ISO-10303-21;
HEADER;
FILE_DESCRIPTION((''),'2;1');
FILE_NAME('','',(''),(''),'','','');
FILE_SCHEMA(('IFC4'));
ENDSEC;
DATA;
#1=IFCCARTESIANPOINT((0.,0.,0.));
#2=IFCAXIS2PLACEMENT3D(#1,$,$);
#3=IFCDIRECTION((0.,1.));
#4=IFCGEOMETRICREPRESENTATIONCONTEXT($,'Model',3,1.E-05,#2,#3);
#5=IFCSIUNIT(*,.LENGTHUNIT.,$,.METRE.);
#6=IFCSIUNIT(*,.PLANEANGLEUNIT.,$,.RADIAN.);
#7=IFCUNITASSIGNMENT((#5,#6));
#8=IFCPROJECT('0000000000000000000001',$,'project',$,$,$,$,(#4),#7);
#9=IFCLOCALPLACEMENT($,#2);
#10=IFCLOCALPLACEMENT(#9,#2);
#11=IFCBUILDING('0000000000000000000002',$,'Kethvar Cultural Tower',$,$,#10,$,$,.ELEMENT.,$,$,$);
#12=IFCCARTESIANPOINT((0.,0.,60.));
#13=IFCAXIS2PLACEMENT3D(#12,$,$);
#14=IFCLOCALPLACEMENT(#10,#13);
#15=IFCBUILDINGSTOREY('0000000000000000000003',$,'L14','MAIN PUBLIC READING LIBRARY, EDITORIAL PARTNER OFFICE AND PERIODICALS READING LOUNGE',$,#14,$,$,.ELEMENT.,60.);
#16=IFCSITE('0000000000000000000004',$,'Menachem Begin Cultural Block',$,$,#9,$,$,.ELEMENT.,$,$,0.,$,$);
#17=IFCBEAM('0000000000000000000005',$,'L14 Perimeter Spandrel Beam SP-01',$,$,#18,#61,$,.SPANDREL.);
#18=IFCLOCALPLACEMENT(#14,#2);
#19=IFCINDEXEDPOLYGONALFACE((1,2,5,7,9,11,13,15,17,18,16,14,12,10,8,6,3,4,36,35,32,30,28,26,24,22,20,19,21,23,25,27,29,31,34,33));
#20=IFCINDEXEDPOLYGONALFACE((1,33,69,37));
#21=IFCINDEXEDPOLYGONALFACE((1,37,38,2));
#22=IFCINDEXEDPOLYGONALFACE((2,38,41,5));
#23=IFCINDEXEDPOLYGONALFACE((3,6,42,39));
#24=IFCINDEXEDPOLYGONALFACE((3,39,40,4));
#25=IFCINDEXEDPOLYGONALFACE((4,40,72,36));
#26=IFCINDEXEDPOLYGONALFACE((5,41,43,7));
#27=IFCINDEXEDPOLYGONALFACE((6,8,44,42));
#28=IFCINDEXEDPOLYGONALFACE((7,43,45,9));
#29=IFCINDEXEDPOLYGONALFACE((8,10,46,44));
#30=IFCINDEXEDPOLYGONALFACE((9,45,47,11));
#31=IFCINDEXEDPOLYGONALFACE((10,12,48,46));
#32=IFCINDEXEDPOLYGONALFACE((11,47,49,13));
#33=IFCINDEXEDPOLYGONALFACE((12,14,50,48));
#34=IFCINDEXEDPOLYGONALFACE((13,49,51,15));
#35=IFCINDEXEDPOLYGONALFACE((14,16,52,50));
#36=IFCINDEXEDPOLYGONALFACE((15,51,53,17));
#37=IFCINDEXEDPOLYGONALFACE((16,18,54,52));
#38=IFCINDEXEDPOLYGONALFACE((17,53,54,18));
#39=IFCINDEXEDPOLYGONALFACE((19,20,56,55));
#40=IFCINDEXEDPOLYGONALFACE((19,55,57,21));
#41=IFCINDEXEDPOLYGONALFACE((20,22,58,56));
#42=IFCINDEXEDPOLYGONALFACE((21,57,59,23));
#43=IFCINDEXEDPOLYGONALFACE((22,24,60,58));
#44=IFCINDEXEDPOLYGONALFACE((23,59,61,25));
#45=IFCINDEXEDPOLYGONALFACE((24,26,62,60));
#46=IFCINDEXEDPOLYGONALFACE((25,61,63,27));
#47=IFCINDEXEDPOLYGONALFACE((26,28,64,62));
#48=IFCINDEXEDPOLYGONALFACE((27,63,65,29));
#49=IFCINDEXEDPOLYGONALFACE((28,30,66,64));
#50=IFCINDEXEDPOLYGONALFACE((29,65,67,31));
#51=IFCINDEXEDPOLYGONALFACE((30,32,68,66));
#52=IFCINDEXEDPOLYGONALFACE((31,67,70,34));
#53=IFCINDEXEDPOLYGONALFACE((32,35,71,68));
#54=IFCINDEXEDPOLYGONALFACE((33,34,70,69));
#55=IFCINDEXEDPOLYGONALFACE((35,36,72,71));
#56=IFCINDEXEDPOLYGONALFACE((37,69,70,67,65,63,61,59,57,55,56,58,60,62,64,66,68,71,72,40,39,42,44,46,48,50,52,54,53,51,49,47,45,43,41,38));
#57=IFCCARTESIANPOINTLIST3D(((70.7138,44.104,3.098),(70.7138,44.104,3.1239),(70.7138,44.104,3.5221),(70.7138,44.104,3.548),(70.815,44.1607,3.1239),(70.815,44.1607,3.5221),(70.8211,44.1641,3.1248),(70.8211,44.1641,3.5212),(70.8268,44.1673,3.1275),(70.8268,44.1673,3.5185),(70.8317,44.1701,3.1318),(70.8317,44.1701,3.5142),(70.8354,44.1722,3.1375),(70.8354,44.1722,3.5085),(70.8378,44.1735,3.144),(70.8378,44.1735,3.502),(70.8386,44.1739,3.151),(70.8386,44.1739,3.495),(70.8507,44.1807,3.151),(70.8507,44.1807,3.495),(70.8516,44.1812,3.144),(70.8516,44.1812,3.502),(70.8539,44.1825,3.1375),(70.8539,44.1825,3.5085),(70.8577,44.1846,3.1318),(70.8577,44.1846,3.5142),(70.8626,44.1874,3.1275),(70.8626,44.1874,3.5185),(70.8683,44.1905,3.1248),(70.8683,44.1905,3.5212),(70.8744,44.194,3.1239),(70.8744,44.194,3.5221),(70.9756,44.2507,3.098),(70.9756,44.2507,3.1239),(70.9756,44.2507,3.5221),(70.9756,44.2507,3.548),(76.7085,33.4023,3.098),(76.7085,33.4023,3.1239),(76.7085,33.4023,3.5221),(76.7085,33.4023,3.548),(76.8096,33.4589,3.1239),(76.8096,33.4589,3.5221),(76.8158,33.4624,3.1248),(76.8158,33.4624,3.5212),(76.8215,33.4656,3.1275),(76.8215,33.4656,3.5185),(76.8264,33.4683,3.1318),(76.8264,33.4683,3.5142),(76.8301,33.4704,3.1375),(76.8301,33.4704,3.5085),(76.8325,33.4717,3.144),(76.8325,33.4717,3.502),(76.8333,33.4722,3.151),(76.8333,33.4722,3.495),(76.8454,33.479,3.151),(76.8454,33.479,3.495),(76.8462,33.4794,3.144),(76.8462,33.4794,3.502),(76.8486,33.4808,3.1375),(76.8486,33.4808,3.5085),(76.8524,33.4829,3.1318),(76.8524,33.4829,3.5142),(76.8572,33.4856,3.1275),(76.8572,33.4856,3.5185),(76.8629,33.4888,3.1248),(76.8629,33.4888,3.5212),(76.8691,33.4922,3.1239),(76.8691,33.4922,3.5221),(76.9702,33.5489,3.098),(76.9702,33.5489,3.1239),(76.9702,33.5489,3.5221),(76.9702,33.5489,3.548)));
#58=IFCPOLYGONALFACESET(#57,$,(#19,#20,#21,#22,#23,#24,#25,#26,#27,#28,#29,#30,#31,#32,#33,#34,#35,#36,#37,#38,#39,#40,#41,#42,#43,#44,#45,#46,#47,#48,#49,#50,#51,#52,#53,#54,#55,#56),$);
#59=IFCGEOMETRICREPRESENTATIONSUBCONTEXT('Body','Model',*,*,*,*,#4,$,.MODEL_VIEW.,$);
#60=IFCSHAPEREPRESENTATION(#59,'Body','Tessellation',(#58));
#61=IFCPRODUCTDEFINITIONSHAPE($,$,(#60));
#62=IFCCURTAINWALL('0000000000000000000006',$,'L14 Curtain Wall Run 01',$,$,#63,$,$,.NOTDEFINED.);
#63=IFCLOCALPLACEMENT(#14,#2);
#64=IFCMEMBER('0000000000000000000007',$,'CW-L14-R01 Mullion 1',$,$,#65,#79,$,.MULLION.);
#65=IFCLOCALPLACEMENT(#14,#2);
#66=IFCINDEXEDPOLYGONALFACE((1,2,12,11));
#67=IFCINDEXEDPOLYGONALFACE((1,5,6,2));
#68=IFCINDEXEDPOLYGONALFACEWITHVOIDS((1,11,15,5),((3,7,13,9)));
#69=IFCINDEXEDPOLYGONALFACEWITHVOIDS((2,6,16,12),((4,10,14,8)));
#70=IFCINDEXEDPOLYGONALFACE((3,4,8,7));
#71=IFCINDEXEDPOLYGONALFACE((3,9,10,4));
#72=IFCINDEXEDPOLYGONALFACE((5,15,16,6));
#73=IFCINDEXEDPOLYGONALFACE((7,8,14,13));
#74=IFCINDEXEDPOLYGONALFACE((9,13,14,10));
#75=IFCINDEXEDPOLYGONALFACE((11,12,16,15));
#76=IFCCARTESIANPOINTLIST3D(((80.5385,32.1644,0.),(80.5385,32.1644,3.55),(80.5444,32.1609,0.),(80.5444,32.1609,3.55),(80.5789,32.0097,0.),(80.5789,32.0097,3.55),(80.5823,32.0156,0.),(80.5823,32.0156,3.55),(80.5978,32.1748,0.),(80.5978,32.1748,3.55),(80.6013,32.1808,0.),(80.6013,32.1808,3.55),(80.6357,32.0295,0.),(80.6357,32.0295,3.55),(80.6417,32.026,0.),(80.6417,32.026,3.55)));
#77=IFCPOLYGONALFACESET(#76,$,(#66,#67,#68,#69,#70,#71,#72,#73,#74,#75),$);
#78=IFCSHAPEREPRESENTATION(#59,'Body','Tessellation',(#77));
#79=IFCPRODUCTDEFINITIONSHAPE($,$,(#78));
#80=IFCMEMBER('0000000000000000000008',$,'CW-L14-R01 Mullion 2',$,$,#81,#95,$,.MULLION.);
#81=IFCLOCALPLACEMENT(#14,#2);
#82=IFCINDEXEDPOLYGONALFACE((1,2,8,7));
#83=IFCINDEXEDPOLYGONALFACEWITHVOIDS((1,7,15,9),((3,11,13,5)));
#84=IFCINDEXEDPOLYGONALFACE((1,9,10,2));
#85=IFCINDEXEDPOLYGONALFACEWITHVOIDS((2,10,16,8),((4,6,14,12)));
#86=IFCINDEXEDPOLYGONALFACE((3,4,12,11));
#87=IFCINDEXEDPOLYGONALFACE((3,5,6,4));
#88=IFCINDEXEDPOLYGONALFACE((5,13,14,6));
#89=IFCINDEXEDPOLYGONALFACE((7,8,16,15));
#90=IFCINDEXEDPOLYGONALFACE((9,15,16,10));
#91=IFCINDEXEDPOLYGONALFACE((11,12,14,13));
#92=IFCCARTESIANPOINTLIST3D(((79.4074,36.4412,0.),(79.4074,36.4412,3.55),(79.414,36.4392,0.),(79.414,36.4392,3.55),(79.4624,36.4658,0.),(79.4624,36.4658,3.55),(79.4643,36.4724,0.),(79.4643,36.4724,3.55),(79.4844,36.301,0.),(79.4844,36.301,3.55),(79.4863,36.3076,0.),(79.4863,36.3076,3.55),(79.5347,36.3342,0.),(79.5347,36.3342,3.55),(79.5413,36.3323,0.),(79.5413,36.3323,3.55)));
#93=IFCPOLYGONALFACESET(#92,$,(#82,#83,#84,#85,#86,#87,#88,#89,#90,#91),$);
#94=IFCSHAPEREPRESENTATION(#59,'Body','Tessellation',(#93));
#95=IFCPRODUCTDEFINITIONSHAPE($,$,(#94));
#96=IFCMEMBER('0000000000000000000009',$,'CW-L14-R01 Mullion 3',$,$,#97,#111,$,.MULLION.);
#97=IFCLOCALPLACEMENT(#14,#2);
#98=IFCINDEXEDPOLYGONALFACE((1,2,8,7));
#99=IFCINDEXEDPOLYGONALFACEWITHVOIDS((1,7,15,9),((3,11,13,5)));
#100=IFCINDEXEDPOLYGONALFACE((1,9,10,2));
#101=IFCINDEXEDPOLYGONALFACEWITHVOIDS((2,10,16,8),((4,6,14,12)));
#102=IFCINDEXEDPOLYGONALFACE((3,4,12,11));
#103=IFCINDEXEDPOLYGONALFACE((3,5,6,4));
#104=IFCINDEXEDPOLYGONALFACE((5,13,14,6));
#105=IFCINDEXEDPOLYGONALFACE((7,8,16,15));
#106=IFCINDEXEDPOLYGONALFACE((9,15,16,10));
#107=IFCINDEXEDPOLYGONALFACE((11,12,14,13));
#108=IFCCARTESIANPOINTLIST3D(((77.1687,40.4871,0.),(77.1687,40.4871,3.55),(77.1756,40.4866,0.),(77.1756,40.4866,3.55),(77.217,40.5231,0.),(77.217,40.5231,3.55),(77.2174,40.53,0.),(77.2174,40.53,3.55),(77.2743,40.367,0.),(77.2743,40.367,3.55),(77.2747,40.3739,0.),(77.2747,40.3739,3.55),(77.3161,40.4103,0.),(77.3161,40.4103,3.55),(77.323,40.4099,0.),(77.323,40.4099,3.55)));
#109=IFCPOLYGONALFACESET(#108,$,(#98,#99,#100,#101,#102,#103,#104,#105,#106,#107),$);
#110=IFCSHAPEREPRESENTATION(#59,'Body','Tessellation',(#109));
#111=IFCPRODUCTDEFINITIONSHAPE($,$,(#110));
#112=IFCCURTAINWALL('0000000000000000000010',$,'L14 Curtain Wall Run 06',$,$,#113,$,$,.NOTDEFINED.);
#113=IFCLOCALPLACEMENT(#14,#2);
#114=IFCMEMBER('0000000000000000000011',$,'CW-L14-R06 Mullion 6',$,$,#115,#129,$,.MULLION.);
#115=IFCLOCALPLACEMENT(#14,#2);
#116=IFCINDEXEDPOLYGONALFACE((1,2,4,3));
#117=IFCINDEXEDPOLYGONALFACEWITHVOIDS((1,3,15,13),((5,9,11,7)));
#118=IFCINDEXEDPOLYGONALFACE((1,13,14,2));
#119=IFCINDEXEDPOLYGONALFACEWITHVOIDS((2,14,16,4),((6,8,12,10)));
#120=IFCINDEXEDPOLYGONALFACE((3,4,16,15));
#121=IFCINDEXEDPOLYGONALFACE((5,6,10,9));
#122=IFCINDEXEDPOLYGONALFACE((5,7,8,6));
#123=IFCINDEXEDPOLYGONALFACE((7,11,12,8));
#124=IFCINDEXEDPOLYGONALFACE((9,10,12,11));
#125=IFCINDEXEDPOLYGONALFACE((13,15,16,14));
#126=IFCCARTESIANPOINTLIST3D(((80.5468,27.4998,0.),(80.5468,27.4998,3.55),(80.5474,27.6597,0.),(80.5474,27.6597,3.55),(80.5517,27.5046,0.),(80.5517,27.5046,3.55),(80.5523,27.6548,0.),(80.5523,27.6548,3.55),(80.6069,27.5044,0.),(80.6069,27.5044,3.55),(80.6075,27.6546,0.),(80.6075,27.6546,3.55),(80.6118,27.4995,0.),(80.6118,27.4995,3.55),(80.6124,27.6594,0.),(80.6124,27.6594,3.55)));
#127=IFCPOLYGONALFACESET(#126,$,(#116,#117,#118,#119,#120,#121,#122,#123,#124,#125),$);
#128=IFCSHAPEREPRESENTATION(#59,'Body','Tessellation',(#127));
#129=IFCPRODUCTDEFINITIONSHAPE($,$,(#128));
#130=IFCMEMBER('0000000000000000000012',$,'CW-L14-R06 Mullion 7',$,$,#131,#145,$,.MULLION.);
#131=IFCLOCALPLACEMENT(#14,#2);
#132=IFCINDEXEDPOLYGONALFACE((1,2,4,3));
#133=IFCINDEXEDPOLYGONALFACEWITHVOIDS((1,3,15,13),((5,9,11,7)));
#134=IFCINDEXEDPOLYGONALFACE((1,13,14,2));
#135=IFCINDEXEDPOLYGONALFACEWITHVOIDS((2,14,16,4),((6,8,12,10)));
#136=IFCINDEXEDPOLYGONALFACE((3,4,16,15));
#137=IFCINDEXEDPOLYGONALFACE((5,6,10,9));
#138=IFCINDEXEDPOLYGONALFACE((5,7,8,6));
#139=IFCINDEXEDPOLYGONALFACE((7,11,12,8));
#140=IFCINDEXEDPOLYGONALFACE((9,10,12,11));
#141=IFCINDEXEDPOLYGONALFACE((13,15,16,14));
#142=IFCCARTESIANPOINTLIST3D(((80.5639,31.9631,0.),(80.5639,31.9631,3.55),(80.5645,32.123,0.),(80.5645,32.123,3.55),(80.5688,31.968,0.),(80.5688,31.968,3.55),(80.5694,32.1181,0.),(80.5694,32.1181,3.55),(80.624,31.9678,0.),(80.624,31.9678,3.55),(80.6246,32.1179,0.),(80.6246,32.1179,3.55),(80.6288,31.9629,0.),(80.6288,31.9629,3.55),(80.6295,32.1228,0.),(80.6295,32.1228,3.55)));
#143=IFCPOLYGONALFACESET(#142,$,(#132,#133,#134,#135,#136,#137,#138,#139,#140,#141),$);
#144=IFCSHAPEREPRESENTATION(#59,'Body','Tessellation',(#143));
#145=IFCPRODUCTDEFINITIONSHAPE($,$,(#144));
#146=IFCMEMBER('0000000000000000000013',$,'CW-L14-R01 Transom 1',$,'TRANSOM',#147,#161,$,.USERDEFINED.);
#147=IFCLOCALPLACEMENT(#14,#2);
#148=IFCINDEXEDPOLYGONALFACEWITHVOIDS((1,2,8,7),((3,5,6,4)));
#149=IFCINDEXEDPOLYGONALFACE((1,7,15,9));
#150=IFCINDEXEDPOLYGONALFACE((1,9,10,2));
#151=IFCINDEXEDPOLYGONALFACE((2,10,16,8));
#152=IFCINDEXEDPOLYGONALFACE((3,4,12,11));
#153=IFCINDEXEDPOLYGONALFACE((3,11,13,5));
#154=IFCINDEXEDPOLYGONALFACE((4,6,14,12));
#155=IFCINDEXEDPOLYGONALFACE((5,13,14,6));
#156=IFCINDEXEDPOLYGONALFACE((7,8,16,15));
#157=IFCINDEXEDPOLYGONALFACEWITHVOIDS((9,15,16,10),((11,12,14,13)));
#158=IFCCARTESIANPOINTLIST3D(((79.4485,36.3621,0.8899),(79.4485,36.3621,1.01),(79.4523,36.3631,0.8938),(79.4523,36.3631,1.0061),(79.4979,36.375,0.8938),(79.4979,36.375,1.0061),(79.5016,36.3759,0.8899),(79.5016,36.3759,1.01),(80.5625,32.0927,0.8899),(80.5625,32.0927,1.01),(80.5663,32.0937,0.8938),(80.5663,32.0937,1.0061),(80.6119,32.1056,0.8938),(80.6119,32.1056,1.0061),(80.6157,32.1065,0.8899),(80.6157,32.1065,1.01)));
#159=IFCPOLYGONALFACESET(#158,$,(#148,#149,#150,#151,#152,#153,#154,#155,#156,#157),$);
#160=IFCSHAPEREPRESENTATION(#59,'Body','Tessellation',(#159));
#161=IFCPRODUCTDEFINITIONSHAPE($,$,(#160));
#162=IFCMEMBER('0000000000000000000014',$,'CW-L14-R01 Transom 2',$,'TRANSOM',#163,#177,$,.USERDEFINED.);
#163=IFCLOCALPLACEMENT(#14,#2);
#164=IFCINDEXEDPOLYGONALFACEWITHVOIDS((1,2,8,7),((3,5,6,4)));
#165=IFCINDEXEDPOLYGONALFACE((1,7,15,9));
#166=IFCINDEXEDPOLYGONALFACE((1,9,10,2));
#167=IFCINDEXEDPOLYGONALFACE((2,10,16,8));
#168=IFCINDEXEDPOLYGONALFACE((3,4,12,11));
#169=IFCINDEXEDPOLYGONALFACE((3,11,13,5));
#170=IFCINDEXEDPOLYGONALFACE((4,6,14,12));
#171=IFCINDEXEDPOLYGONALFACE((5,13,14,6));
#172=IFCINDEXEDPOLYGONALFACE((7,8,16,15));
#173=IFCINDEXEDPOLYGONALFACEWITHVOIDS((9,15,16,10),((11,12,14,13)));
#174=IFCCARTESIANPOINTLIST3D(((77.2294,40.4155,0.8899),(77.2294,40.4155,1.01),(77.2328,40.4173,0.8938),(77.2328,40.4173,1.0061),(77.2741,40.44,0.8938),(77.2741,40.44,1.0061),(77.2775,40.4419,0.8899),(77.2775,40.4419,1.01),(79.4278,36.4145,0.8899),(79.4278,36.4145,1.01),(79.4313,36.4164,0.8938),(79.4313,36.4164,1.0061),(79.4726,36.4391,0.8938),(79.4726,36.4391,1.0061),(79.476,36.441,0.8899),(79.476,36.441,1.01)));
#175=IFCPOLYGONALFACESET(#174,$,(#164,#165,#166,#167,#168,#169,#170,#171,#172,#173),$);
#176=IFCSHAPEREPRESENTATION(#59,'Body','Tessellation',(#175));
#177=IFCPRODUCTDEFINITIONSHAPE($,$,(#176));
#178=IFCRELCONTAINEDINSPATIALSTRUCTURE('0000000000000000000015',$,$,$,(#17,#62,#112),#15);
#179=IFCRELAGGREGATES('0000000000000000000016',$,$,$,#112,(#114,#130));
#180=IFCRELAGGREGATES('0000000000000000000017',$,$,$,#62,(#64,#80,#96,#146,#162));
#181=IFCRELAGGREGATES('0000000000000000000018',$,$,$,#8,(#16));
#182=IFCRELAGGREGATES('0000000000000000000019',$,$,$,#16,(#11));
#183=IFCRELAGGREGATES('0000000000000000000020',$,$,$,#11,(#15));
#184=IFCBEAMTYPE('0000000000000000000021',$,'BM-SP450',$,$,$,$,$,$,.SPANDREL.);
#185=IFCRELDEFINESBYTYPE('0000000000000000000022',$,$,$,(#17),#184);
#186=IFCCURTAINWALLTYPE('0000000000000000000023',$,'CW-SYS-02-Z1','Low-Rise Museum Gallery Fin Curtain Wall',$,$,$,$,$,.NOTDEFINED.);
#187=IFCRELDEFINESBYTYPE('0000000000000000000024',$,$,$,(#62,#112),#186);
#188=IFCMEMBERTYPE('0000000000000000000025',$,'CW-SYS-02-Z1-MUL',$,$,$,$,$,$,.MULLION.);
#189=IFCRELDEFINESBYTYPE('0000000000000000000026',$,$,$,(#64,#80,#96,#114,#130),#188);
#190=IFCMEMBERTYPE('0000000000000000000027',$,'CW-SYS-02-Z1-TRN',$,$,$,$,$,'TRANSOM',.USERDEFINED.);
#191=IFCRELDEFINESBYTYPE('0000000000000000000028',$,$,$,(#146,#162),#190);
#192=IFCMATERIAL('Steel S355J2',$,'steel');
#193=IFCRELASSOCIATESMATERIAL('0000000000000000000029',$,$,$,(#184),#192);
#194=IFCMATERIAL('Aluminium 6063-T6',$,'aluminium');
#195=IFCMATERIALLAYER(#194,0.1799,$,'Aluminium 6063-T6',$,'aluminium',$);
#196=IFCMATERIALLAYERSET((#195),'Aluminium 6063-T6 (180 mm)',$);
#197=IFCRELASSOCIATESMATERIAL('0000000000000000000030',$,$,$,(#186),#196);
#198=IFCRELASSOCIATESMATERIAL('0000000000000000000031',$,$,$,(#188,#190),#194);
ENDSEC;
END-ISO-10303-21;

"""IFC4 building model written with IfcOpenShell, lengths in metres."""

from ifc_helpers import new_model, si_unit, direction, frame, origin, origin_2d, place, context, subcontext, project, spatial, hollow_rectangle, i_section, extrude, source, transform, mapped, material, layer, layer_set, material_profile, profile_set, type_object, element, aggregate, save


model = new_model("IFC4")

# Units and contexts
model_context = context("Model", 3, precision=1e-05, world=origin(), true_north=direction((0.0, 1.0)))
body_context = subcontext(model_context, "Body", "Model", "MODEL_VIEW")
ifc_project = project(units=[si_unit("LENGTHUNIT", "METRE"), si_unit("PLANEANGLEUNIT", "RADIAN")], contexts=[model_context])

# Site, building, storey
site_placement = place(None, origin())
site = spatial("IfcSite", under=ifc_project, at=site_placement, Name="Menachem Begin Cultural Block", CompositionType="ELEMENT", RefElevation=0.0)
building_placement = place(site_placement, origin())
building = spatial("IfcBuilding", under=site, at=building_placement, Name="Kethvar Cultural Tower", CompositionType="ELEMENT")
storey_placement = place(building_placement, frame((0.0, 0.0, 60.0)))
storey = spatial("IfcBuildingStorey", under=building, at=storey_placement, Name="L14", Description="MAIN PUBLIC READING LIBRARY, EDITORIAL PARTNER OFFICE AND PERIODICALS READING LOUNGE", CompositionType="ELEMENT", Elevation=60.0)

# Beam
ifc_material_1 = material(Name="Steel S355J2", Category="steel")
ifc_material_profile_1 = material_profile(ifc_material_1, i_section(OverallWidth=0.3, OverallDepth=0.45, WebThickness=0.0139, FlangeThickness=0.0259, FilletRadius=0.0271, at=origin_2d()), Name="Steel S355J2 — HEB450")
ifc_profile_set_1 = profile_set([ifc_material_profile_1], Name="Steel S355J2 — HEB450")
beam_type_1 = type_object("IfcBeamType", Name="BM-SP450", PredefinedType="SPANDREL", material=ifc_profile_set_1)
shared_shape_1 = source(origin(), body_context, "Body", "SweptSolid", [
    extrude(i_section(OverallWidth=0.3, OverallDepth=0.45, WebThickness=0.0139, FlangeThickness=0.0259, FilletRadius=0.0271, at=origin_2d()), origin(), (0.0, 0.0, 1.0), 12.2664),
])
beam_1_placement = place(storey_placement, frame((76.8394, 33.4756, 3.323), z_axis=(-0.488709, 0.872447, 0.0), x_axis=(-0.872447, -0.488709, 0.0)))
element("IfcBeam", 1, at=beam_1_placement, inside=storey, type_object=beam_type_1, Name="L14 Perimeter Spandrel Beam SP-01", PredefinedType="SPANDREL", context=body_context, shape_type="MappedRepresentation", body=[
    mapped(shared_shape_1, transform((0.0, 0.0, 0.0), scale=1.0)),
])

# Curtain walls, members
ifc_material_2 = material(Name="Aluminium 6063-T6", Category="aluminium")
ifc_layer_1 = layer(ifc_material_2, 0.1799, Name="Aluminium 6063-T6", Category="aluminium")
ifc_layer_set_1 = layer_set([ifc_layer_1], Name="Aluminium 6063-T6 (180 mm)")
curtain_wall_type = type_object("IfcCurtainWallType", Name="CW-SYS-02-Z1", Description="Low-Rise Museum Gallery Fin Curtain Wall", PredefinedType="NOTDEFINED", material=ifc_layer_set_1)
curtain_wall_1_placement = place(storey_placement, origin())
curtain_wall_1 = element("IfcCurtainWall", 2, at=curtain_wall_1_placement, inside=storey, type_object=curtain_wall_type, Name="L14 Curtain Wall Run 01", PredefinedType="NOTDEFINED")
ifc_material_profile_2 = material_profile(ifc_material_2, hollow_rectangle(XDim=0.0649, YDim=0.1599, WallThickness=0.0049, at=origin_2d()), Name="Aluminium 6063-T6 — RHS160x65x5")
ifc_profile_set_2 = profile_set([ifc_material_profile_2], Name="Aluminium 6063-T6 — RHS160x65x5")
member_type_1 = type_object("IfcMemberType", Name="CW-SYS-02-Z1-MUL", PredefinedType="MULLION", material=ifc_profile_set_2)
shared_shape_2 = source(origin(), body_context, "Body", "SweptSolid", [
    extrude(hollow_rectangle(XDim=0.0649, YDim=0.1599, WallThickness=0.0049, at=origin_2d()), origin(), (0.0, 0.0, 1.0), 3.55),
])
member_1_placement = place(storey_placement, frame((80.5901, 32.0952, 0.0), z_axis=(0.0, 0.0, 1.0), x_axis=(-0.967612, -0.252441, 0.0)))
member_1 = element("IfcMember", 3, at=member_1_placement, type_object=member_type_1, Name="CW-L14-R01 Mullion 1", PredefinedType="MULLION", context=body_context, shape_type="MappedRepresentation", body=[
    mapped(shared_shape_2, transform((0.0, 0.0, 0.0), scale=1.0)),
])
member_2_placement = place(storey_placement, frame((79.4744, 36.3867, 0.0), z_axis=(0.0, 0.0, 1.0), x_axis=(-0.876408, -0.48157, 0.0)))
member_2 = element("IfcMember", 4, at=member_2_placement, type_object=member_type_1, Name="CW-L14-R01 Mullion 2", PredefinedType="MULLION", context=body_context, shape_type="MappedRepresentation", body=[
    mapped(shared_shape_2, transform((0.0, 0.0, 0.0), scale=1.0)),
])
member_3_placement = place(storey_placement, frame((77.2458, 40.4485, 0.0), z_axis=(0.0, 0.0, 1.0), x_axis=(-0.750988, -0.660316, 0.0)))
member_3 = element("IfcMember", 5, at=member_3_placement, type_object=member_type_1, Name="CW-L14-R01 Mullion 3", PredefinedType="MULLION", context=body_context, shape_type="MappedRepresentation", body=[
    mapped(shared_shape_2, transform((0.0, 0.0, 0.0), scale=1.0)),
])
curtain_wall_2_placement = place(storey_placement, origin())
curtain_wall_2 = element("IfcCurtainWall", 6, at=curtain_wall_2_placement, inside=storey, type_object=curtain_wall_type, Name="L14 Curtain Wall Run 06", PredefinedType="NOTDEFINED")
member_4_placement = place(storey_placement, frame((80.5796, 27.5796, 0.0), z_axis=(0.0, 0.0, 1.0), x_axis=(-0.999993, 0.003857, 0.0)))
member_4 = element("IfcMember", 7, at=member_4_placement, type_object=member_type_1, Name="CW-L14-R06 Mullion 6", PredefinedType="MULLION", context=body_context, shape_type="MappedRepresentation", body=[
    mapped(shared_shape_2, transform((0.0, 0.0, 0.0), scale=1.0)),
])
member_5_placement = place(storey_placement, frame((80.5967, 32.043, 0.0), z_axis=(0.0, 0.0, 1.0), x_axis=(-0.999993, 0.003857, 0.0)))
member_5 = element("IfcMember", 8, at=member_5_placement, type_object=member_type_1, Name="CW-L14-R06 Mullion 7", PredefinedType="MULLION", context=body_context, shape_type="MappedRepresentation", body=[
    mapped(shared_shape_2, transform((0.0, 0.0, 0.0), scale=1.0)),
])

# Members
ifc_material_profile_3 = material_profile(ifc_material_2, hollow_rectangle(XDim=0.0549, YDim=0.1201, WallThickness=0.0039, at=origin_2d()), Name="Aluminium 6063-T6 — RHS120x55x4")
ifc_profile_set_3 = profile_set([ifc_material_profile_3], Name="Aluminium 6063-T6 — RHS120x55x4")
member_type_2 = type_object("IfcMemberType", Name="CW-SYS-02-Z1-TRN", ElementType="TRANSOM", PredefinedType="USERDEFINED", material=ifc_profile_set_3)
shared_shape_3 = source(origin(), body_context, "Body", "SweptSolid", [
    extrude(hollow_rectangle(XDim=0.0549, YDim=0.1201, WallThickness=0.0039, at=origin_2d()), origin(), (0.0, 0.0, 1.0), 4.4124),
])
member_6_placement = place(storey_placement, frame((80.5891, 32.0996, 0.95), z_axis=(-0.252483, 0.967601, 0.0), x_axis=(-0.967601, -0.252483, 0.0)))
member_6 = element("IfcMember", 9, at=member_6_placement, type_object=member_type_2, Name="CW-L14-R01 Transom 1", ObjectType="TRANSOM", PredefinedType="USERDEFINED", context=body_context, shape_type="MappedRepresentation", body=[
    mapped(shared_shape_3, transform((0.0, 0.0, 0.0), scale=1.0)),
])
shared_shape_4 = source(origin(), body_context, "Body", "SweptSolid", [
    extrude(hollow_rectangle(XDim=0.0549, YDim=0.1201, WallThickness=0.0039, at=origin_2d()), origin(), (0.0, 0.0, 1.0), 4.5652),
])
member_7_placement = place(storey_placement, frame((79.4519, 36.4277, 0.95), z_axis=(-0.481574, 0.876406, 0.0), x_axis=(-0.876406, -0.481574, 0.0)))
member_7 = element("IfcMember", 10, at=member_7_placement, type_object=member_type_2, Name="CW-L14-R01 Transom 2", ObjectType="TRANSOM", PredefinedType="USERDEFINED", context=body_context, shape_type="MappedRepresentation", body=[
    mapped(shared_shape_4, transform((0.0, 0.0, 0.0), scale=1.0)),
])

aggregate(curtain_wall_2, [member_4, member_5])
aggregate(curtain_wall_1, [member_1, member_2, member_3, member_6, member_7])

save(model, "model.ifc")
